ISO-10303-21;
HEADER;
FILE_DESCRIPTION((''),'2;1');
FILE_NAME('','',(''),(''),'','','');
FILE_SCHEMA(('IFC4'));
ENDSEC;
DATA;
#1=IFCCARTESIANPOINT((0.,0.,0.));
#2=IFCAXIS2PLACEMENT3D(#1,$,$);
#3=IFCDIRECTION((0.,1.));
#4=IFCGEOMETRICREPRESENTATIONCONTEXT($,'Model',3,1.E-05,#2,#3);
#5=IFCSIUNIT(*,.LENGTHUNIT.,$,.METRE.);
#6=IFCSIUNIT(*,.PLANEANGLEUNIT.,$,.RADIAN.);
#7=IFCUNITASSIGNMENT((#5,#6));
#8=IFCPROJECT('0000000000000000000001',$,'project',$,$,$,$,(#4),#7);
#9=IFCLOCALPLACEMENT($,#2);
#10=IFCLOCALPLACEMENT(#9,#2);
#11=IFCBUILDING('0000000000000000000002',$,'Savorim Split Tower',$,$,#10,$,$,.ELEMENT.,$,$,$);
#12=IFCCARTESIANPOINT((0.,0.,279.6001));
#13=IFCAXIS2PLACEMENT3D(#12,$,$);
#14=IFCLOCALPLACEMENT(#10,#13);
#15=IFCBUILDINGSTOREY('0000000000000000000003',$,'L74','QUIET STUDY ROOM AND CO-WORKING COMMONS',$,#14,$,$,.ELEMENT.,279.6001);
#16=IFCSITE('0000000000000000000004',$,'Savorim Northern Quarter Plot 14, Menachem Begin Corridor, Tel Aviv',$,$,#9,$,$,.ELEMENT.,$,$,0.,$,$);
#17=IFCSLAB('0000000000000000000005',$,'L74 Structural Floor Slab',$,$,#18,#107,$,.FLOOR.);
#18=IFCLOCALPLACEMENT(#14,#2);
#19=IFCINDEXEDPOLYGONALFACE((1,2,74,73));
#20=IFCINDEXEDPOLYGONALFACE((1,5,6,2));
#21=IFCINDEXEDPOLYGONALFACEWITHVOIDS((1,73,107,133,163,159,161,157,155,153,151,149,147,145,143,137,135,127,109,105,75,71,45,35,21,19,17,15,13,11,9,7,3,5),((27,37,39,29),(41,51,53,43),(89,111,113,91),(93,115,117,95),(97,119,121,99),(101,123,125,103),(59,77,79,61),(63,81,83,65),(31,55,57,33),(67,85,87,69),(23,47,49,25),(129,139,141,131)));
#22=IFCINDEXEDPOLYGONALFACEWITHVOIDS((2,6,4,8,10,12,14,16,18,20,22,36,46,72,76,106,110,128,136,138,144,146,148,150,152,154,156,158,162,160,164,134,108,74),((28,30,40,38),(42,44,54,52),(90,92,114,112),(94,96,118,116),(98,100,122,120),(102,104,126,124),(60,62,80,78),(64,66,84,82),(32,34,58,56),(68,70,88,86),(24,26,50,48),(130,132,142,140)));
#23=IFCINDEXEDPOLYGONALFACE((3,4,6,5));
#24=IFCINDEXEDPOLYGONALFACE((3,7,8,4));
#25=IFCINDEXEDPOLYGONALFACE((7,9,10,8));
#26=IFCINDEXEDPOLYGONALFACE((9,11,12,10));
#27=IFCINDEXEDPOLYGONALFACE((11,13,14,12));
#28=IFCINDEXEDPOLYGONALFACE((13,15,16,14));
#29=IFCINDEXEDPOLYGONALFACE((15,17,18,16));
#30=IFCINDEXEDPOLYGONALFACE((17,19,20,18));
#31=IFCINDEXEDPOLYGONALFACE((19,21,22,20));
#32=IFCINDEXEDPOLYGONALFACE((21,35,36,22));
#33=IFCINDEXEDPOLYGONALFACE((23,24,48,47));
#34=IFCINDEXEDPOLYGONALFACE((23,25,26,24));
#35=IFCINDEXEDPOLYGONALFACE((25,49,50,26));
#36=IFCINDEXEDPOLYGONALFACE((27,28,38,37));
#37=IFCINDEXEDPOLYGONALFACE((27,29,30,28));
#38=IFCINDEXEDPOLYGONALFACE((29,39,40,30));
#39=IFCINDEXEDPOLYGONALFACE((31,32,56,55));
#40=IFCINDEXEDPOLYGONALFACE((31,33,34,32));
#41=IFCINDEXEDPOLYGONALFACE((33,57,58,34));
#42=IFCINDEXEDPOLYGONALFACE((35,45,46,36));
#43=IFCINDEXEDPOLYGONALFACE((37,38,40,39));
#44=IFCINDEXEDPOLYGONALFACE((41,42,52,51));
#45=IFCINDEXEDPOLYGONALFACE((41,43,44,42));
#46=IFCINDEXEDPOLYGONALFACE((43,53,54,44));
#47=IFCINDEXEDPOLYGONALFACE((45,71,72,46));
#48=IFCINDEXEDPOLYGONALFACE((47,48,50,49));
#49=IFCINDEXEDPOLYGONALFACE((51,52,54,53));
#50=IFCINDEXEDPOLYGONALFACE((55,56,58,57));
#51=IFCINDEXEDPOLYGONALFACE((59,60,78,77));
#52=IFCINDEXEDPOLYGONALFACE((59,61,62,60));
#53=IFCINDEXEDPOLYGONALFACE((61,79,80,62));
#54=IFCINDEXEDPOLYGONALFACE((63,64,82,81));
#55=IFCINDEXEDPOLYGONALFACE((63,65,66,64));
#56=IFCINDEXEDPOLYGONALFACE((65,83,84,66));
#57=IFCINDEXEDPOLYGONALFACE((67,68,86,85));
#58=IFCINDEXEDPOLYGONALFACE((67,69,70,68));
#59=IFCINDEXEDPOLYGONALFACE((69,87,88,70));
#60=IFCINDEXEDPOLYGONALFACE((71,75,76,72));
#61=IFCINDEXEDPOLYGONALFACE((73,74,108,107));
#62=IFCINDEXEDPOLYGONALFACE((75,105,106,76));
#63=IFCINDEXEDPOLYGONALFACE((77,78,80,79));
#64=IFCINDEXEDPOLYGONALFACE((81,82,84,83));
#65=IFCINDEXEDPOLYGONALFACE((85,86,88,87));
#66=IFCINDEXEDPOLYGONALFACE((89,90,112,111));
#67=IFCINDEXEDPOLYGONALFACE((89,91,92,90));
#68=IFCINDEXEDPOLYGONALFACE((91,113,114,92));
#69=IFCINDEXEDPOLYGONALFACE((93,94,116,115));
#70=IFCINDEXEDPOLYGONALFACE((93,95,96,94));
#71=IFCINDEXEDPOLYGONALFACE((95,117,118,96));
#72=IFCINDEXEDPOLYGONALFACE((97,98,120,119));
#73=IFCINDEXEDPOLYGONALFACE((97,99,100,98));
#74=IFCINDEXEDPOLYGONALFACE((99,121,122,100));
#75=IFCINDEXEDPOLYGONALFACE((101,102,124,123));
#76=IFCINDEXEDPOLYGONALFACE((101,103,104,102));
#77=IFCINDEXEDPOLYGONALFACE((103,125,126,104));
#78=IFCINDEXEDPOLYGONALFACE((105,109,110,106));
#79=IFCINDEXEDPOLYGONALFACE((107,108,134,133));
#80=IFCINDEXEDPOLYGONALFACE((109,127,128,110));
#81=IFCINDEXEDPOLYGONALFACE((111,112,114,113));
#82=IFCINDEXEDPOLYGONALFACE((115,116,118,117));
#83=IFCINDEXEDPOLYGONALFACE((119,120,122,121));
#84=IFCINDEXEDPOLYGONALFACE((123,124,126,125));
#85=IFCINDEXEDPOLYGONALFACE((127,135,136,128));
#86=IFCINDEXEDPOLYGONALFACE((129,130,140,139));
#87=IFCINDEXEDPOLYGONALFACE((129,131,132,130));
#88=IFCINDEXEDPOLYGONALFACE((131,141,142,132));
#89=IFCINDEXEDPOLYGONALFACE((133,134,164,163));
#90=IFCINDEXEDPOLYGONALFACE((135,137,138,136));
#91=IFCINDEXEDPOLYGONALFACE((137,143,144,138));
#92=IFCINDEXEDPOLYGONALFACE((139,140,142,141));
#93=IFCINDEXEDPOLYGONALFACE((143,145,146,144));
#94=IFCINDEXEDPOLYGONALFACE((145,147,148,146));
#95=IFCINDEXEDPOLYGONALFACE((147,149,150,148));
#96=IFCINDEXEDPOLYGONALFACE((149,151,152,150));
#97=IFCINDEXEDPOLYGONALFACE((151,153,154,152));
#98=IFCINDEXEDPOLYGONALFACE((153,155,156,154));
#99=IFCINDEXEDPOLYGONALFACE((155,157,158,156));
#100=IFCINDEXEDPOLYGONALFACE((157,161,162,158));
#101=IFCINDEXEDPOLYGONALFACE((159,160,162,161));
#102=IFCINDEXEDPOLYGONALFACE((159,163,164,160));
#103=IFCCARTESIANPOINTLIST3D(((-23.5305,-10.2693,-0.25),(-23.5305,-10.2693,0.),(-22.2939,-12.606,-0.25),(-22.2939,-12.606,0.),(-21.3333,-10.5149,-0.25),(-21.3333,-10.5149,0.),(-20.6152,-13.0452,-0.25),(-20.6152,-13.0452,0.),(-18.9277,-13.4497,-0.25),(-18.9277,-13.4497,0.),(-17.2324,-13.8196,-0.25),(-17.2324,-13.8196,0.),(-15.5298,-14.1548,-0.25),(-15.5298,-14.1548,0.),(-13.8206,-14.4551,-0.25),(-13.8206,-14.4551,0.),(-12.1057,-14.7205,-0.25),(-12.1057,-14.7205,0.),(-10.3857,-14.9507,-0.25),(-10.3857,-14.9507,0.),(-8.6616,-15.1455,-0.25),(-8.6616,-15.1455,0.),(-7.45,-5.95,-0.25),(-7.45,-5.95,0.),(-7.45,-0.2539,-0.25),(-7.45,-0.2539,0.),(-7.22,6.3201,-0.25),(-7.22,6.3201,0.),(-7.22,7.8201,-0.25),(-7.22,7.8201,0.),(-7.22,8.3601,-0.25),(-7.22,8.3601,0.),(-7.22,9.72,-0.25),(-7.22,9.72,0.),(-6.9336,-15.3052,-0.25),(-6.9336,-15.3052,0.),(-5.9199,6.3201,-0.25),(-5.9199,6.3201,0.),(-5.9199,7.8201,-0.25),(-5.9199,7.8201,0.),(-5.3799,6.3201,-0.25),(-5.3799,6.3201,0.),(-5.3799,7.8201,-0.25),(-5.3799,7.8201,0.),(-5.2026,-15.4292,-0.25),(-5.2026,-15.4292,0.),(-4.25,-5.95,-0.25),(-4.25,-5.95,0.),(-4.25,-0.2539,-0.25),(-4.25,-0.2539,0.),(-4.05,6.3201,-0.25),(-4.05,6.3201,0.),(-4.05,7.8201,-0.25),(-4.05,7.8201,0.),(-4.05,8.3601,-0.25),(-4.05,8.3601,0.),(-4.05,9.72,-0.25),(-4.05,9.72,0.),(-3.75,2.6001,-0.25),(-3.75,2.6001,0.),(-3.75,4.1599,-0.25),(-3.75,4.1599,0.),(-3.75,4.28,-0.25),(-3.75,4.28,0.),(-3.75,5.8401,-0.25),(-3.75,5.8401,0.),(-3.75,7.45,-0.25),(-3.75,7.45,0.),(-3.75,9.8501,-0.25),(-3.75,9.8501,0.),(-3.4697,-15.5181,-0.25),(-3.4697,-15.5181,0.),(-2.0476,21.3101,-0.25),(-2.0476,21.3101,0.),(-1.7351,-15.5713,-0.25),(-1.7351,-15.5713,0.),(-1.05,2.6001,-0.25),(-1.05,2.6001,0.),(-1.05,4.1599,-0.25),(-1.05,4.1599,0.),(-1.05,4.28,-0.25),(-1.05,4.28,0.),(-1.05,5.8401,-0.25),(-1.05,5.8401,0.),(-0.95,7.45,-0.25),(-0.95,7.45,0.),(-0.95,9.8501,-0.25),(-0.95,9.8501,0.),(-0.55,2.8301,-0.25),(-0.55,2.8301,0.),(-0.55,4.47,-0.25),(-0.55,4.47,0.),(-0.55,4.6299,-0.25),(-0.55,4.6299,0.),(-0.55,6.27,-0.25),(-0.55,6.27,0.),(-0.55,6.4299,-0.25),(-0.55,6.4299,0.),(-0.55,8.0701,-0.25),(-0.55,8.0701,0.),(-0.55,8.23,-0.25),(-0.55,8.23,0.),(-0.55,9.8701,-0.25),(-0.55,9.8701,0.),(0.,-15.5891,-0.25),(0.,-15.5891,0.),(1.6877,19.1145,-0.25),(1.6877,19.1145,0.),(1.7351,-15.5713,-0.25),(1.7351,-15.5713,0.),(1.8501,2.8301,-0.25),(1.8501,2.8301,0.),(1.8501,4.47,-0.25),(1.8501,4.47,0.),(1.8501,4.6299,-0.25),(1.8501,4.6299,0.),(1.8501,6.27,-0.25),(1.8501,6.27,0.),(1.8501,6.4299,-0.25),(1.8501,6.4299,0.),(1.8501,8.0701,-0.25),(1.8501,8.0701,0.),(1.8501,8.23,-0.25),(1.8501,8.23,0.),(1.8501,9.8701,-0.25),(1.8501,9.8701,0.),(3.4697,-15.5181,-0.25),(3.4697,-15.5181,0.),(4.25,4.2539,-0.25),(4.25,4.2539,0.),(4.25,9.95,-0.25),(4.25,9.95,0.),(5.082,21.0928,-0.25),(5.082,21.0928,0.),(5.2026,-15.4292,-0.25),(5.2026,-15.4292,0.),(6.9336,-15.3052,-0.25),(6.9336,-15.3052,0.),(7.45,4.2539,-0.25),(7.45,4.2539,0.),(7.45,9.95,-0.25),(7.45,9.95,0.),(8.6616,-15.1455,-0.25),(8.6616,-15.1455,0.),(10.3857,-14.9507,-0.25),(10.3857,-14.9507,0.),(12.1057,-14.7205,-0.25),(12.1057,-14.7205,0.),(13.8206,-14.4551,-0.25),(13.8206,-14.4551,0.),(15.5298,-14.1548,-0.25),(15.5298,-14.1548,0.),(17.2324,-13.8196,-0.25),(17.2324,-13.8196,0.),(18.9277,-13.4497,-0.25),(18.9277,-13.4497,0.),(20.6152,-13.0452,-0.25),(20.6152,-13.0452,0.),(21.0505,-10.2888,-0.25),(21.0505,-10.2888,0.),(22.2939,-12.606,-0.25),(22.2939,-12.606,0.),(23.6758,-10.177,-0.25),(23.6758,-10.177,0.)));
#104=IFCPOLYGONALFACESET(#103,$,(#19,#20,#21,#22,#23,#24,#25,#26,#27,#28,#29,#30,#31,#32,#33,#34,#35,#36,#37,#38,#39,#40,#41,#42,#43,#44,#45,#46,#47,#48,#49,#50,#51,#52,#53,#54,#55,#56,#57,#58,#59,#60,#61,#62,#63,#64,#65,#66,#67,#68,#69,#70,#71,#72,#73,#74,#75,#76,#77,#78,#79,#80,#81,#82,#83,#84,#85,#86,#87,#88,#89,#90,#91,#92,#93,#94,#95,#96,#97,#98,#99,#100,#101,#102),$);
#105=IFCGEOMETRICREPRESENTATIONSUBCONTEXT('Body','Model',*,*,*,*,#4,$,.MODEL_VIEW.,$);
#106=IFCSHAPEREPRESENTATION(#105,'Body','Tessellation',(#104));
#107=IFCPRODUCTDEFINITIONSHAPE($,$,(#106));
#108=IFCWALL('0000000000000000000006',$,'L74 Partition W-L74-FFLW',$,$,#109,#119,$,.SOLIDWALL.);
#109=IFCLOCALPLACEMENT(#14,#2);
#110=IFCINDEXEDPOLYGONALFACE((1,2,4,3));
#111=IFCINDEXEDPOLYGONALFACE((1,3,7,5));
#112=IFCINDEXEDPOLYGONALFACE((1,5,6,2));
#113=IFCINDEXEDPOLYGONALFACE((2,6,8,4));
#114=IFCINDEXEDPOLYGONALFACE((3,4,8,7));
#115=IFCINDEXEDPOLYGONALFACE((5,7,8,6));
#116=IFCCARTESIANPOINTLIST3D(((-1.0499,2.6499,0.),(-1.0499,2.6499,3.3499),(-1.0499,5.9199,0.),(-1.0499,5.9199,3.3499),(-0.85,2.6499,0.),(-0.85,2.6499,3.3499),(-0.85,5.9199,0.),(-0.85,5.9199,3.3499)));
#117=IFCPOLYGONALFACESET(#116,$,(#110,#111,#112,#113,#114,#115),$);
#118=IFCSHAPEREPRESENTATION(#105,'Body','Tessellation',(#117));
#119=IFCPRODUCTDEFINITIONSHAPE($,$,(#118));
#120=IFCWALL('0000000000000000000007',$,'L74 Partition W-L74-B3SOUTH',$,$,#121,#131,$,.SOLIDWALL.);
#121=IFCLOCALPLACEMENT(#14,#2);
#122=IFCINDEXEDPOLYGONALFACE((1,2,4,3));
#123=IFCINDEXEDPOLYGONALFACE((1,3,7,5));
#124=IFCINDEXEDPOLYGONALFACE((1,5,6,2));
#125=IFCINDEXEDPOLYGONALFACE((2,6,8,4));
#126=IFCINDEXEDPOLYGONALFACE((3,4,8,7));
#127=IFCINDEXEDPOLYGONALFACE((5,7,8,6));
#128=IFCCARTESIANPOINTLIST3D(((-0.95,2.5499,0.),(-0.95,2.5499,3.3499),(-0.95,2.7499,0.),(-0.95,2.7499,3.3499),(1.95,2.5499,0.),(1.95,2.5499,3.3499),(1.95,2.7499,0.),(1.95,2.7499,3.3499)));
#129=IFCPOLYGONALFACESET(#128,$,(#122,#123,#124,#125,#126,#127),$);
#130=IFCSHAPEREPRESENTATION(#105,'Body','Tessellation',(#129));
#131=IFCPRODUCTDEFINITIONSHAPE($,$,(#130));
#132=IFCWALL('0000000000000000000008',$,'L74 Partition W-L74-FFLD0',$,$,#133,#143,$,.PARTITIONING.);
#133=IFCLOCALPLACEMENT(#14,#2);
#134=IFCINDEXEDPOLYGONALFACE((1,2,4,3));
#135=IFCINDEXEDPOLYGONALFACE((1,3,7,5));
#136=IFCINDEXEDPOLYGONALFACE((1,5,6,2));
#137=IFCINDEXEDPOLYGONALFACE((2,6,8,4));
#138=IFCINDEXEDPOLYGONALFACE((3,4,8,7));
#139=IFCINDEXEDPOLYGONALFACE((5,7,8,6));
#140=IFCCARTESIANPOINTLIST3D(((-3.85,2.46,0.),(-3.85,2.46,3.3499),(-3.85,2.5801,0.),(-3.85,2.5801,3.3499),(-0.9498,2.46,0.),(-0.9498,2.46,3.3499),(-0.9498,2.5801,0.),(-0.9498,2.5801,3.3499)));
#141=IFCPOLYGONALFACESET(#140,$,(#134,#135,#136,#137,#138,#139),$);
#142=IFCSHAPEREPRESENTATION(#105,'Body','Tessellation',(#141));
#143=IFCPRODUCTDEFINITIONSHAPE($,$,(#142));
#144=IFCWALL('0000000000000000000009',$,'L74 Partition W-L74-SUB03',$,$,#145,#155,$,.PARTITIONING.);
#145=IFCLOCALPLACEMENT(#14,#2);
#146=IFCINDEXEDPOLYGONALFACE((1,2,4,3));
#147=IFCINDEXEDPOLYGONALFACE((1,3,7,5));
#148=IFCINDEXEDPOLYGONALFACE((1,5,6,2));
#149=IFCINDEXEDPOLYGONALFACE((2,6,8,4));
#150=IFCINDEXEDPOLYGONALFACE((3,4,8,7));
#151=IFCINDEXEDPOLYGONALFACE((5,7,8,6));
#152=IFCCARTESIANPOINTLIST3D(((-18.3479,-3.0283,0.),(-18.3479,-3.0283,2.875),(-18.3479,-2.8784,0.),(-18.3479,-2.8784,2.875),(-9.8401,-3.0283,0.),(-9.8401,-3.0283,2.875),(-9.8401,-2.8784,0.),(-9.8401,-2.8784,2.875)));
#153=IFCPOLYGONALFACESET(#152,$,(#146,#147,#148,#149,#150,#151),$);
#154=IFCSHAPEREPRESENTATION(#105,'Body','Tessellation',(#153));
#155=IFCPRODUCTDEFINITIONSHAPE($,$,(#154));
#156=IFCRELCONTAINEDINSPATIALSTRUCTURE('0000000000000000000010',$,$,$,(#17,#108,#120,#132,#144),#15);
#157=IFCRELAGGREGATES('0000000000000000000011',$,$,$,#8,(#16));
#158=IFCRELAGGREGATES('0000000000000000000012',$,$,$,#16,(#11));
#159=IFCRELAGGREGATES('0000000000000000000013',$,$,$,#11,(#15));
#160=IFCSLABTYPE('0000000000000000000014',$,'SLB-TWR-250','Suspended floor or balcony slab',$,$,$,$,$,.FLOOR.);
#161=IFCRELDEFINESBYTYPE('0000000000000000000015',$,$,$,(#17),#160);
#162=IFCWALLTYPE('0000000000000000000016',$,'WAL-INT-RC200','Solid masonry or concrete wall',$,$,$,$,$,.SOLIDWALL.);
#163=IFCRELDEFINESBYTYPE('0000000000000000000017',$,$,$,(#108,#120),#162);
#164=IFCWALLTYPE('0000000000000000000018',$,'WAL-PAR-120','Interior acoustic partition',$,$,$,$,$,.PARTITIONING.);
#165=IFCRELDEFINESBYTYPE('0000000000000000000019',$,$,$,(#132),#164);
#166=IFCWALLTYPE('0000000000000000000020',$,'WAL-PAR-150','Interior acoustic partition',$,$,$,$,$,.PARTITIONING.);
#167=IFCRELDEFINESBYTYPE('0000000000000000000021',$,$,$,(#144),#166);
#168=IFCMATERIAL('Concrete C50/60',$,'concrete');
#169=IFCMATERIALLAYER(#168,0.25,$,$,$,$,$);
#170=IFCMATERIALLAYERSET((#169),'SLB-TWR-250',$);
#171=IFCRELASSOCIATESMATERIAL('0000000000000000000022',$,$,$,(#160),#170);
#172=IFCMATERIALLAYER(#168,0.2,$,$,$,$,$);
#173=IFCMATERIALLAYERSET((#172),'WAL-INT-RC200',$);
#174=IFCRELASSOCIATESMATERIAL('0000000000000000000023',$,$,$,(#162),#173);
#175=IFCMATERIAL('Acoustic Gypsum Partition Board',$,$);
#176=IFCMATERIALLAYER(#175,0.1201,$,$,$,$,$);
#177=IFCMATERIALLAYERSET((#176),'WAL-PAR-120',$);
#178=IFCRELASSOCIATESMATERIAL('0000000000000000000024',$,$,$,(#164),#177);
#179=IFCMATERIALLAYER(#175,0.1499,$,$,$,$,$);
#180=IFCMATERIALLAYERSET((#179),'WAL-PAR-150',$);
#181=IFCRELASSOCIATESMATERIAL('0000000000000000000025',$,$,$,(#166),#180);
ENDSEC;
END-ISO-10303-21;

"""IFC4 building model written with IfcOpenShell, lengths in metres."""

from ifc_helpers import new_model, si_unit, direction, frame, frame_2d, origin, place, context, subcontext, project, spatial, polyline, rectangle, outline, extrude, material, layer, layer_set, type_object, element, save


model = new_model("IFC4")

# Units and contexts
model_context = context("Model", 3, precision=1e-05, world=origin(), true_north=direction((0.0, 1.0)))
body_context = subcontext(model_context, "Body", "Model", "MODEL_VIEW")
ifc_project = project(units=[si_unit("LENGTHUNIT", "METRE"), si_unit("PLANEANGLEUNIT", "RADIAN")], contexts=[model_context])

# Site, building, storey
site_placement = place(None, origin())
site = spatial("IfcSite", under=ifc_project, at=site_placement, Name="Savorim Northern Quarter Plot 14, Menachem Begin Corridor, Tel Aviv", CompositionType="ELEMENT", RefElevation=0.0)
building_placement = place(site_placement, origin())
building = spatial("IfcBuilding", under=site, at=building_placement, Name="Savorim Split Tower", CompositionType="ELEMENT")
storey_placement = place(building_placement, frame((0.0, 0.0, 279.6001)))
storey = spatial("IfcBuildingStorey", under=building, at=storey_placement, Name="L74", Description="QUIET STUDY ROOM AND CO-WORKING COMMONS", CompositionType="ELEMENT", Elevation=279.6001)

# Shared definitions
ifc_material_1 = material(Name="Concrete C50/60", Category="concrete")

# Slab
ifc_layer_1 = layer(ifc_material_1, 0.25)
ifc_layer_set_1 = layer_set([ifc_layer_1], Name="SLB-TWR-250")
slab_type_1 = type_object("IfcSlabType", Name="SLB-TWR-250", Description="Suspended floor or balcony slab", PredefinedType="FLOOR", material=ifc_layer_set_1)
slab_1_placement = place(storey_placement, frame((0.0, 0.0, -0.25)))
element("IfcSlab", 1, at=slab_1_placement, inside=storey, type_object=slab_type_1, Name="L74 Structural Floor Slab", PredefinedType="FLOOR", context=body_context, shape_type="SweptSolid", body=[
    extrude(outline(polyline([(-22.2939, -12.606), (-20.6152, -13.0452), (-18.9277, -13.4497), (-17.2324, -13.8196), (-15.5298, -14.1548), (-13.8206, -14.4551), (-12.1057, -14.7205), (-10.3857, -14.9507), (-8.6616, -15.1455), (-6.9336, -15.3052), (-5.2026, -15.4292), (-3.4697, -15.5181), (-1.7351, -15.5713), (0.0, -15.5891), (1.7351, -15.5713), (3.4697, -15.5181), (5.2026, -15.4292), (6.9336, -15.3052), (8.6616, -15.1455), (10.3857, -14.9507), (12.1057, -14.7205), (13.8206, -14.4551), (15.5298, -14.1548), (17.2324, -13.8196), (18.9277, -13.4497), (20.6152, -13.0452), (22.2939, -12.606), (21.0505, -10.2888), (23.6758, -10.177), (5.082, 21.0928), (1.6877, 19.1145), (-2.0476, 21.3101), (-23.5305, -10.2693), (-21.3333, -10.5149), (-22.2939, -12.606)]), holes=[polyline([(-7.45, -0.2539), (-7.45, -5.95), (-4.25, -5.95), (-4.25, -0.2539), (-7.45, -0.2539)]), polyline([(7.45, 4.2539), (7.45, 9.95), (4.25, 9.95), (4.25, 4.2539), (7.45, 4.2539)]), polyline([(-0.55, 2.8301), (1.8501, 2.8301), (1.8501, 4.47), (-0.55, 4.47), (-0.55, 2.8301)]), polyline([(-0.55, 4.6299), (1.8501, 4.6299), (1.8501, 6.27), (-0.55, 6.27), (-0.55, 4.6299)]), polyline([(-0.55, 6.4299), (1.8501, 6.4299), (1.8501, 8.0701), (-0.55, 8.0701), (-0.55, 6.4299)]), polyline([(-0.55, 8.23), (1.8501, 8.23), (1.8501, 9.8701), (-0.55, 9.8701), (-0.55, 8.23)]), polyline([(-3.75, 2.6001), (-1.05, 2.6001), (-1.05, 4.1599), (-3.75, 4.1599), (-3.75, 2.6001)]), polyline([(-3.75, 4.28), (-1.05, 4.28), (-1.05, 5.8401), (-3.75, 5.8401), (-3.75, 4.28)]), polyline([(-3.75, 7.45), (-0.95, 7.45), (-0.95, 9.8501), (-3.75, 9.8501), (-3.75, 7.45)]), polyline([(-7.22, 6.3201), (-5.9199, 6.3201), (-5.9199, 7.8201), (-7.22, 7.8201), (-7.22, 6.3201)]), polyline([(-5.3799, 6.3201), (-4.05, 6.3201), (-4.05, 7.8201), (-5.3799, 7.8201), (-5.3799, 6.3201)]), polyline([(-7.22, 8.3601), (-4.05, 8.3601), (-4.05, 9.72), (-7.22, 9.72), (-7.22, 8.3601)])]), origin(), (0.0, 0.0, 1.0), 0.25),
])

# Shared definitions
ifc_layer_2 = layer(ifc_material_1, 0.2)
ifc_layer_set_2 = layer_set([ifc_layer_2], Name="WAL-INT-RC200")
wall_type_1 = type_object("IfcWallType", Name="WAL-INT-RC200", Description="Solid masonry or concrete wall", PredefinedType="SOLIDWALL", material=ifc_layer_set_2)

# Walls
wall_1_placement = place(storey_placement, frame((-0.95, 2.6499, 0.0), z_axis=(0.0, 0.0, 1.0), x_axis=(0.0, 1.0, 0.0)))
element("IfcWall", 2, at=wall_1_placement, inside=storey, type_object=wall_type_1, Name="L74 Partition W-L74-FFLW", PredefinedType="SOLIDWALL", context=body_context, shape_type="SweptSolid", body=[
    extrude(rectangle(XDim=3.27, YDim=0.2, at=frame_2d((1.635, 0.0))), origin(), (0.0, 0.0, 1.0), 3.3499),
])
wall_2_placement = place(storey_placement, frame((-0.95, 2.6499, 0.0), z_axis=(0.0, 0.0, 1.0), x_axis=(1.0, 0.0, 0.0)))
element("IfcWall", 3, at=wall_2_placement, inside=storey, type_object=wall_type_1, Name="L74 Partition W-L74-B3SOUTH", PredefinedType="SOLIDWALL", context=body_context, shape_type="SweptSolid", body=[
    extrude(rectangle(XDim=2.8999, YDim=0.2, at=frame_2d((1.45, 0.0))), origin(), (0.0, 0.0, 1.0), 3.3499),
])
ifc_material_2 = material(Name="Acoustic Gypsum Partition Board")
ifc_layer_3 = layer(ifc_material_2, 0.1201)
ifc_layer_set_3 = layer_set([ifc_layer_3], Name="WAL-PAR-120")
wall_type_2 = type_object("IfcWallType", Name="WAL-PAR-120", Description="Interior acoustic partition", PredefinedType="PARTITIONING", material=ifc_layer_set_3)
wall_3_placement = place(storey_placement, frame((-3.8501, 2.52, 0.0), z_axis=(0.0, 0.0, 1.0), x_axis=(1.0, 0.0, 0.0)))
element("IfcWall", 4, at=wall_3_placement, inside=storey, type_object=wall_type_2, Name="L74 Partition W-L74-FFLD0", PredefinedType="PARTITIONING", context=body_context, shape_type="SweptSolid", body=[
    extrude(rectangle(XDim=2.9001, YDim=0.1201, at=frame_2d((1.4502, 0.0))), origin(), (0.0, 0.0, 1.0), 3.3499),
])
ifc_layer_4 = layer(ifc_material_2, 0.1499)
ifc_layer_set_4 = layer_set([ifc_layer_4], Name="WAL-PAR-150")
wall_type_3 = type_object("IfcWallType", Name="WAL-PAR-150", Description="Interior acoustic partition", PredefinedType="PARTITIONING", material=ifc_layer_set_4)
wall_4_placement = place(storey_placement, frame((-9.8401, -2.9534, 0.0), z_axis=(0.0, 0.0, 1.0), x_axis=(-1.0, 0.0, 0.0)))
element("IfcWall", 5, at=wall_4_placement, inside=storey, type_object=wall_type_3, Name="L74 Partition W-L74-SUB03", PredefinedType="PARTITIONING", context=body_context, shape_type="SweptSolid", body=[
    extrude(rectangle(XDim=8.5078, YDim=0.1499, at=frame_2d((4.2539, 0.0))), origin(), (0.0, 0.0, 1.0), 2.875),
])

save(model, "model.ifc")
